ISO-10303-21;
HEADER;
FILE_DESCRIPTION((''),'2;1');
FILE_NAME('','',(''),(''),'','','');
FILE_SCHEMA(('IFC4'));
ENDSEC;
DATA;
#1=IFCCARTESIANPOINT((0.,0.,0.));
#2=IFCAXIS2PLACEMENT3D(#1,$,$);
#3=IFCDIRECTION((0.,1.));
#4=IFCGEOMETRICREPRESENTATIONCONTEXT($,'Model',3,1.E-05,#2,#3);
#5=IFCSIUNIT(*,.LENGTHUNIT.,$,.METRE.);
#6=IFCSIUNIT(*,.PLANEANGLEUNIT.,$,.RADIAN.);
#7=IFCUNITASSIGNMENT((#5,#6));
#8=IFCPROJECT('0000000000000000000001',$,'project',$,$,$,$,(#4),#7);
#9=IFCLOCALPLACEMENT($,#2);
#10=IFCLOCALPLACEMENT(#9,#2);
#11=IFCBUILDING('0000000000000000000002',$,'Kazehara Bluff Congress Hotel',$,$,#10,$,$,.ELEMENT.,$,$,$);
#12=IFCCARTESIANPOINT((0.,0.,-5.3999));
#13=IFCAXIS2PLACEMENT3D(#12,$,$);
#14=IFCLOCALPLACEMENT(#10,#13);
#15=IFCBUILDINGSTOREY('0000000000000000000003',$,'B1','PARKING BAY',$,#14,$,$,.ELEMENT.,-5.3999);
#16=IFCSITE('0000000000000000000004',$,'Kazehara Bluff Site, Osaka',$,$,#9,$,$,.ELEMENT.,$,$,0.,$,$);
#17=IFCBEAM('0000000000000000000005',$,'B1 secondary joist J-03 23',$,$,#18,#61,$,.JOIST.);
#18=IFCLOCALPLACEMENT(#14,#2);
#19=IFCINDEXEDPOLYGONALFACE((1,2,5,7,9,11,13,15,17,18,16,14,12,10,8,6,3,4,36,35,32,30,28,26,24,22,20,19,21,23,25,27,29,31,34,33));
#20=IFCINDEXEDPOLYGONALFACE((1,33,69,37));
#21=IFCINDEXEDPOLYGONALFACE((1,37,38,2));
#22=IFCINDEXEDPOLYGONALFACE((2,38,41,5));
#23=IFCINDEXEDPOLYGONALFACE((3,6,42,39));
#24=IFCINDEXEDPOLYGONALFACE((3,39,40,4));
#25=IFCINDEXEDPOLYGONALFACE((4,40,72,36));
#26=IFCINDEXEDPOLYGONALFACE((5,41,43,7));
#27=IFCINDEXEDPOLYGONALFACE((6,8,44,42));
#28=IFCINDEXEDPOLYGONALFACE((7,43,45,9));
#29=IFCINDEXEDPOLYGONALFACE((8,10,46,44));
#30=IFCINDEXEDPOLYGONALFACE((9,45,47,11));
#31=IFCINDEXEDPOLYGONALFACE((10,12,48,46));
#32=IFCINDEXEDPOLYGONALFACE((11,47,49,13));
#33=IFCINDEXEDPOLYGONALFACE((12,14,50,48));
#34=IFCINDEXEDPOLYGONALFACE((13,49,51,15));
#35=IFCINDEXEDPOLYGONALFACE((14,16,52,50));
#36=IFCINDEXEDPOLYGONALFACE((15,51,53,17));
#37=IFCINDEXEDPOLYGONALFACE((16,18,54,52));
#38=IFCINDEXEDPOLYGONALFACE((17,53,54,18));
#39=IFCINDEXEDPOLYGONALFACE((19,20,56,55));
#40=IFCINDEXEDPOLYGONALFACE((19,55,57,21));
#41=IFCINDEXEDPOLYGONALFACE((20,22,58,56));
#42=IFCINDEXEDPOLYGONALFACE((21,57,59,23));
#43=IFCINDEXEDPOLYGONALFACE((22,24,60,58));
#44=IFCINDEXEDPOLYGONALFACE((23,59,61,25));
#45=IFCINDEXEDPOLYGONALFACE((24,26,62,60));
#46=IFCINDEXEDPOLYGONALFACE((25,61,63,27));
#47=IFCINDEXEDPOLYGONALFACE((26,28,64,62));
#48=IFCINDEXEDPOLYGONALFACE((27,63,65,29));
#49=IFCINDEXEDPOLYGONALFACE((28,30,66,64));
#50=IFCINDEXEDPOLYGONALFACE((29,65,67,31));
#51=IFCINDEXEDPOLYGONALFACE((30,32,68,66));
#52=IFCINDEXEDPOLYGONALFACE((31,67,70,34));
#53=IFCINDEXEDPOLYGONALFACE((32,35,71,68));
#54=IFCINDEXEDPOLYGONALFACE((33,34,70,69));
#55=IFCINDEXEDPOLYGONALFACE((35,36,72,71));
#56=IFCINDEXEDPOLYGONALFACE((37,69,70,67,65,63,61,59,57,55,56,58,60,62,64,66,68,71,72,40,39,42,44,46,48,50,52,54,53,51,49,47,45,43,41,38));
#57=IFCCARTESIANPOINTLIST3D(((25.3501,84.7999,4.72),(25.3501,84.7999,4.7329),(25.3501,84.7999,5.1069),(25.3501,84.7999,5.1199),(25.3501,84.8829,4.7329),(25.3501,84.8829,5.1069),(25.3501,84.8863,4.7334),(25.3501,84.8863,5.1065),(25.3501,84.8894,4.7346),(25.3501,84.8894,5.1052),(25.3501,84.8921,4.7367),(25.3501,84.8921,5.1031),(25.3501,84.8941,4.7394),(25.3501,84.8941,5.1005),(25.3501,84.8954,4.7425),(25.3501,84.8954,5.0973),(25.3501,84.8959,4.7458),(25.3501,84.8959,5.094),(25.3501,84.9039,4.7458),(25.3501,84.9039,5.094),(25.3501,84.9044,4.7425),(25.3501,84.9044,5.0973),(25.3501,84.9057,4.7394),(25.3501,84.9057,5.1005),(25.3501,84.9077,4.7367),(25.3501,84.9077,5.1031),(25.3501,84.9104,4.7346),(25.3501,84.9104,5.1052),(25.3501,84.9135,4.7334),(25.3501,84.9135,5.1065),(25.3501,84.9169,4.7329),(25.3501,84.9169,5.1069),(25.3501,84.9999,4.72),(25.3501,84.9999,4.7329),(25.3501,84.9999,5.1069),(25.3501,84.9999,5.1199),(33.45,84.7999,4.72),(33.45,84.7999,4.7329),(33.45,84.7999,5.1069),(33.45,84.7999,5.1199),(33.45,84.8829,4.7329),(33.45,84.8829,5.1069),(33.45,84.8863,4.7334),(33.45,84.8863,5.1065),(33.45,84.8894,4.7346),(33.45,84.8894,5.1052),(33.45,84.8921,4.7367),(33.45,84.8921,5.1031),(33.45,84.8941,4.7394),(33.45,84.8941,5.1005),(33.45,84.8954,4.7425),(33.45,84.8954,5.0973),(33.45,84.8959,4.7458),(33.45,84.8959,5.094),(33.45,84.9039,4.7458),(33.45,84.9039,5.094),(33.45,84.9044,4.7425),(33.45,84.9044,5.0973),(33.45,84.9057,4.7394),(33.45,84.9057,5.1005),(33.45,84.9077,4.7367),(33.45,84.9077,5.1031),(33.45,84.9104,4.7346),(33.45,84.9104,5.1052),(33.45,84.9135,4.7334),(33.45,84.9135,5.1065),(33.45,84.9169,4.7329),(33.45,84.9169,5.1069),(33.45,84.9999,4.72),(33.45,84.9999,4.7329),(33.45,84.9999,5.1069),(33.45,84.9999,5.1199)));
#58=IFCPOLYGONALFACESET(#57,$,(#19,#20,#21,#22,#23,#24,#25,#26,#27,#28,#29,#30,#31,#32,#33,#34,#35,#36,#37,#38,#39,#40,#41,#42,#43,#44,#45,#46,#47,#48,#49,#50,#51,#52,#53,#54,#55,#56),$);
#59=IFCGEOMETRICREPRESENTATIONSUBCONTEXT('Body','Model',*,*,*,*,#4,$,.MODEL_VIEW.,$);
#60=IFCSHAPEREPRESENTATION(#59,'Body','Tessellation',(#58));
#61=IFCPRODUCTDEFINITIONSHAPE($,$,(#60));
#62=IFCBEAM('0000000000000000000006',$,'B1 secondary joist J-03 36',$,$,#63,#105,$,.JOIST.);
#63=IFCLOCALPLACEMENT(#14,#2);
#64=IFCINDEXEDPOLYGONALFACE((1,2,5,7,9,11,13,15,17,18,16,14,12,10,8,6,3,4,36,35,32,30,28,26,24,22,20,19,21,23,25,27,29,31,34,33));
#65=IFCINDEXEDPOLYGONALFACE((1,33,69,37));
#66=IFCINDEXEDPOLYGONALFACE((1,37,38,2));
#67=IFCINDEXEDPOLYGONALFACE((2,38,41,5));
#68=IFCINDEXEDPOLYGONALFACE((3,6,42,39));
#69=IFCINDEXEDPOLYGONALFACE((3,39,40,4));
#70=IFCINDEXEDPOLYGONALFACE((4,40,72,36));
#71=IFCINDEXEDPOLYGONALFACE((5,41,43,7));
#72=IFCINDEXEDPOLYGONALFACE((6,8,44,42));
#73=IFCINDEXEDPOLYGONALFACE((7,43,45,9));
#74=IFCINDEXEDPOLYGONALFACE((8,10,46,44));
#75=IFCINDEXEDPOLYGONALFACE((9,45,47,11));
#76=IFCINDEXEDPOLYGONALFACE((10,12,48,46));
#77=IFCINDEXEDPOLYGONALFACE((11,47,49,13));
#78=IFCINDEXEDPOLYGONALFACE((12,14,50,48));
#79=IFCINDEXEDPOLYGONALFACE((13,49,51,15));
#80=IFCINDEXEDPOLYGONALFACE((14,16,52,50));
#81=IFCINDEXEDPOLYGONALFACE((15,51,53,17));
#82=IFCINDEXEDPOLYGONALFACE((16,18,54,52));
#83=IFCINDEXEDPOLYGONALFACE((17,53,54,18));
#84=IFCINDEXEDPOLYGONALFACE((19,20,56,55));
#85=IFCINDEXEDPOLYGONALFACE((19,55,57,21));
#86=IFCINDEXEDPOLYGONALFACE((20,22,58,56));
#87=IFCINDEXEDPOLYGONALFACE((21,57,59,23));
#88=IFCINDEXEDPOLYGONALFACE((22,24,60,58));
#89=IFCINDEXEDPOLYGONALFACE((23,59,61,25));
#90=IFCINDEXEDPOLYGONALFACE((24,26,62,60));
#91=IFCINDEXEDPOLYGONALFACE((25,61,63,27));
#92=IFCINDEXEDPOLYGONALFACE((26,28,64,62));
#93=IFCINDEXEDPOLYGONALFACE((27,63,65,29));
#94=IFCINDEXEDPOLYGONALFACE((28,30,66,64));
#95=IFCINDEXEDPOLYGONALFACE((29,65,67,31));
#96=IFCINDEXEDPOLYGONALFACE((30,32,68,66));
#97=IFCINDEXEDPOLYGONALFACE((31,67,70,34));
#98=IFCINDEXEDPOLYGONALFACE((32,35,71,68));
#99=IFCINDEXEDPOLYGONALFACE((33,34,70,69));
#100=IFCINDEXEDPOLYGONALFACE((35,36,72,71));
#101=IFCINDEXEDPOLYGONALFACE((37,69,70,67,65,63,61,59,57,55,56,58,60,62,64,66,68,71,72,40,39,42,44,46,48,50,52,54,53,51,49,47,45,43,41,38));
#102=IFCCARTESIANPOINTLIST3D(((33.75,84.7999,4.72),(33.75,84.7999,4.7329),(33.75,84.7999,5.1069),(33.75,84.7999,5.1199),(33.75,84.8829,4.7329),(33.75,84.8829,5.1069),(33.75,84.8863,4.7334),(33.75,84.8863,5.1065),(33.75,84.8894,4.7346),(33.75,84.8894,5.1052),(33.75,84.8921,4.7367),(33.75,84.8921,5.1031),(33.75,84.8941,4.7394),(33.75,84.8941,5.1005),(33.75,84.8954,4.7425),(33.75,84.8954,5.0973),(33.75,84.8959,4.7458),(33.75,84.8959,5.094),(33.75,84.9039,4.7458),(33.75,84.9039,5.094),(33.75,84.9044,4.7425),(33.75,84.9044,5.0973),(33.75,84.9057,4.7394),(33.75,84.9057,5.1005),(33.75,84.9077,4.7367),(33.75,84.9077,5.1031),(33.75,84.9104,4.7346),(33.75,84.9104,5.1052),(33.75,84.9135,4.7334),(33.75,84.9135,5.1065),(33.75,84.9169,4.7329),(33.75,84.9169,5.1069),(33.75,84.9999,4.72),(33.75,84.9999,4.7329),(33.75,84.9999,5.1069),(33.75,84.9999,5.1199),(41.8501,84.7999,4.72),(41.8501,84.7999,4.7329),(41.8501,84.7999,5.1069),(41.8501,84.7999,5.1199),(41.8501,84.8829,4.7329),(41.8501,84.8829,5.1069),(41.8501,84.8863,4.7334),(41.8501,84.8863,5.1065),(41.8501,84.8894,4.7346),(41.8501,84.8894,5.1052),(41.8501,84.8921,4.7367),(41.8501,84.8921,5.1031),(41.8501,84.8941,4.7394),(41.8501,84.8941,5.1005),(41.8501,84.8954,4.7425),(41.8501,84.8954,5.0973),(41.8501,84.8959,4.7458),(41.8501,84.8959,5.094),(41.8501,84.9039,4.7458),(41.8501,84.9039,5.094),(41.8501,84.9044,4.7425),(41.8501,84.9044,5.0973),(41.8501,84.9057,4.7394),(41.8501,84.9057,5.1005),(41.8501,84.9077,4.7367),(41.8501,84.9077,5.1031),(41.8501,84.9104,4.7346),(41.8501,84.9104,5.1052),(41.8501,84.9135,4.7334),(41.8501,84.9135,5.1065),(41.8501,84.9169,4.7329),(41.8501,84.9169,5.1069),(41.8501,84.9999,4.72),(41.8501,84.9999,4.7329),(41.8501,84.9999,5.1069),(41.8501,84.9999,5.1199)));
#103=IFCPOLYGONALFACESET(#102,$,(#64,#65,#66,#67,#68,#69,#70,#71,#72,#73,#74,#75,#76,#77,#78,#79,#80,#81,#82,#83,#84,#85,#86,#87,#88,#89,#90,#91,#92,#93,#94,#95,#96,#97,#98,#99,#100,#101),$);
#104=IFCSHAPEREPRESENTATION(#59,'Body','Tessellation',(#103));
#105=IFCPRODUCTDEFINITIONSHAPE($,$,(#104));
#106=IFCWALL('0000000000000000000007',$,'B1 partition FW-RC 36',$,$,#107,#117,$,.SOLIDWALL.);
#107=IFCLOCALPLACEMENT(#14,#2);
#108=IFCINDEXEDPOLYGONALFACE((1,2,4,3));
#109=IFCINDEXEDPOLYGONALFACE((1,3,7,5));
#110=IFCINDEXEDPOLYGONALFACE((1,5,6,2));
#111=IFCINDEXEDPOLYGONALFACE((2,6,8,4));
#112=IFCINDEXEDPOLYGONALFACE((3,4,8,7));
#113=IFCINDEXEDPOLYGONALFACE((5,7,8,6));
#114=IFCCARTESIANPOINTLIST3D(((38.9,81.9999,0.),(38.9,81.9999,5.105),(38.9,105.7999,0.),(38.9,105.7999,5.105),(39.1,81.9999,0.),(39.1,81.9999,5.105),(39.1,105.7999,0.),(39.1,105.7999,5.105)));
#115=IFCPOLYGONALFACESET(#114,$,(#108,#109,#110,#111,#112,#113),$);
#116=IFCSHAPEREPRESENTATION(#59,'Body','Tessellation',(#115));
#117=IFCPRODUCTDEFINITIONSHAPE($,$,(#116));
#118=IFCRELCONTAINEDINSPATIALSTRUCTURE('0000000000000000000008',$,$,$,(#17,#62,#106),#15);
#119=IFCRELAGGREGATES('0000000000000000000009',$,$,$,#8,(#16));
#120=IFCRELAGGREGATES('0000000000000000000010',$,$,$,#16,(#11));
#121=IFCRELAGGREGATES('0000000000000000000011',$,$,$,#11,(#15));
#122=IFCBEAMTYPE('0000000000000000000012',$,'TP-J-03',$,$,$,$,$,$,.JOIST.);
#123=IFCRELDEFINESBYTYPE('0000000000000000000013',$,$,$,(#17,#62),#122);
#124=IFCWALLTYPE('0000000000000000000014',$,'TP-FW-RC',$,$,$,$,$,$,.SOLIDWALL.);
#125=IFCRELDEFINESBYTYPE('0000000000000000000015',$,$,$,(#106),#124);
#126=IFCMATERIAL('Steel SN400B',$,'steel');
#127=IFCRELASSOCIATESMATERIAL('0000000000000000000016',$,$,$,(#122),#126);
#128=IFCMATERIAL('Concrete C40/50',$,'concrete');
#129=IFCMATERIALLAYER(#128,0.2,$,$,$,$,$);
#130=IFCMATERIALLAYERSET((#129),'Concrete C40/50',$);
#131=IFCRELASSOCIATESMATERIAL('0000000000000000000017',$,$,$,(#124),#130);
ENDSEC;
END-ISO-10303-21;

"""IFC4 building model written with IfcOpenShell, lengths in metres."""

from ifc_helpers import new_model, si_unit, direction, frame, frame_2d, origin, origin_2d, place, context, subcontext, project, spatial, rectangle, i_section, extrude, material, layer, layer_set, material_profile, profile_set, type_object, element, save


model = new_model("IFC4")

# Units and contexts
model_context = context("Model", 3, precision=1e-05, world=origin(), true_north=direction((0.0, 1.0)))
body_context = subcontext(model_context, "Body", "Model", "MODEL_VIEW")
ifc_project = project(units=[si_unit("LENGTHUNIT", "METRE"), si_unit("PLANEANGLEUNIT", "RADIAN")], contexts=[model_context])

# Site, building, storey
site_placement = place(None, origin())
site = spatial("IfcSite", under=ifc_project, at=site_placement, Name="Kazehara Bluff Site, Osaka", CompositionType="ELEMENT", RefElevation=0.0)
building_placement = place(site_placement, origin())
building = spatial("IfcBuilding", under=site, at=building_placement, Name="Kazehara Bluff Congress Hotel", CompositionType="ELEMENT")
storey_placement = place(building_placement, frame((0.0, 0.0, -5.3999)))
storey = spatial("IfcBuildingStorey", under=building, at=storey_placement, Name="B1", Description="PARKING BAY", CompositionType="ELEMENT", Elevation=-5.3999)

# Beams
ifc_material_1 = material(Name="Steel SN400B", Category="steel")
ifc_material_profile_1 = material_profile(ifc_material_1, i_section(OverallWidth=0.2, OverallDepth=0.3999, WebThickness=0.0081, FlangeThickness=0.0129, FilletRadius=0.0129, at=origin_2d()))
ifc_profile_set_1 = profile_set([ifc_material_profile_1], Name="Steel SN400B")
beam_type_1 = type_object("IfcBeamType", Name="TP-J-03", PredefinedType="JOIST", material=ifc_profile_set_1)
beam_1_placement = place(storey_placement, frame((25.3501, 84.8999, 4.9199), z_axis=(1.0, 0.0, 0.0), x_axis=(0.0, 1.0, 0.0)))
element("IfcBeam", 1, at=beam_1_placement, inside=storey, type_object=beam_type_1, Name="B1 secondary joist J-03 23", PredefinedType="JOIST", context=body_context, shape_type="SweptSolid", body=[
    extrude(i_section(OverallWidth=0.2, OverallDepth=0.3999, WebThickness=0.0081, FlangeThickness=0.0129, FilletRadius=0.0129, at=origin_2d()), origin(), (0.0, 0.0, 1.0), 8.0999),
])
beam_2_placement = place(storey_placement, frame((33.75, 84.8999, 4.9199), z_axis=(1.0, 0.0, 0.0), x_axis=(0.0, 1.0, 0.0)))
element("IfcBeam", 2, at=beam_2_placement, inside=storey, type_object=beam_type_1, Name="B1 secondary joist J-03 36", PredefinedType="JOIST", context=body_context, shape_type="SweptSolid", body=[
    extrude(i_section(OverallWidth=0.2, OverallDepth=0.3999, WebThickness=0.0081, FlangeThickness=0.0129, FilletRadius=0.0129, at=origin_2d()), origin(), (0.0, 0.0, 1.0), 8.1001),
])

# Wall
ifc_material_2 = material(Name="Concrete C40/50", Category="concrete")
ifc_layer_1 = layer(ifc_material_2, 0.2)
ifc_layer_set_1 = layer_set([ifc_layer_1], Name="Concrete C40/50")
wall_type = type_object("IfcWallType", Name="TP-FW-RC", PredefinedType="SOLIDWALL", material=ifc_layer_set_1)
wall_placement = place(storey_placement, frame((39.0, 82.0, 0.0), z_axis=(0.0, 0.0, 1.0), x_axis=(0.0, 1.0, 0.0)))
element("IfcWall", 3, at=wall_placement, inside=storey, type_object=wall_type, Name="B1 partition FW-RC 36", PredefinedType="SOLIDWALL", context=body_context, shape_type="SweptSolid", body=[
    extrude(rectangle(XDim=23.8, YDim=0.2, at=frame_2d((11.8999, 0.0))), origin(), (0.0, 0.0, 1.0), 5.105),
])

save(model, "model.ifc")
